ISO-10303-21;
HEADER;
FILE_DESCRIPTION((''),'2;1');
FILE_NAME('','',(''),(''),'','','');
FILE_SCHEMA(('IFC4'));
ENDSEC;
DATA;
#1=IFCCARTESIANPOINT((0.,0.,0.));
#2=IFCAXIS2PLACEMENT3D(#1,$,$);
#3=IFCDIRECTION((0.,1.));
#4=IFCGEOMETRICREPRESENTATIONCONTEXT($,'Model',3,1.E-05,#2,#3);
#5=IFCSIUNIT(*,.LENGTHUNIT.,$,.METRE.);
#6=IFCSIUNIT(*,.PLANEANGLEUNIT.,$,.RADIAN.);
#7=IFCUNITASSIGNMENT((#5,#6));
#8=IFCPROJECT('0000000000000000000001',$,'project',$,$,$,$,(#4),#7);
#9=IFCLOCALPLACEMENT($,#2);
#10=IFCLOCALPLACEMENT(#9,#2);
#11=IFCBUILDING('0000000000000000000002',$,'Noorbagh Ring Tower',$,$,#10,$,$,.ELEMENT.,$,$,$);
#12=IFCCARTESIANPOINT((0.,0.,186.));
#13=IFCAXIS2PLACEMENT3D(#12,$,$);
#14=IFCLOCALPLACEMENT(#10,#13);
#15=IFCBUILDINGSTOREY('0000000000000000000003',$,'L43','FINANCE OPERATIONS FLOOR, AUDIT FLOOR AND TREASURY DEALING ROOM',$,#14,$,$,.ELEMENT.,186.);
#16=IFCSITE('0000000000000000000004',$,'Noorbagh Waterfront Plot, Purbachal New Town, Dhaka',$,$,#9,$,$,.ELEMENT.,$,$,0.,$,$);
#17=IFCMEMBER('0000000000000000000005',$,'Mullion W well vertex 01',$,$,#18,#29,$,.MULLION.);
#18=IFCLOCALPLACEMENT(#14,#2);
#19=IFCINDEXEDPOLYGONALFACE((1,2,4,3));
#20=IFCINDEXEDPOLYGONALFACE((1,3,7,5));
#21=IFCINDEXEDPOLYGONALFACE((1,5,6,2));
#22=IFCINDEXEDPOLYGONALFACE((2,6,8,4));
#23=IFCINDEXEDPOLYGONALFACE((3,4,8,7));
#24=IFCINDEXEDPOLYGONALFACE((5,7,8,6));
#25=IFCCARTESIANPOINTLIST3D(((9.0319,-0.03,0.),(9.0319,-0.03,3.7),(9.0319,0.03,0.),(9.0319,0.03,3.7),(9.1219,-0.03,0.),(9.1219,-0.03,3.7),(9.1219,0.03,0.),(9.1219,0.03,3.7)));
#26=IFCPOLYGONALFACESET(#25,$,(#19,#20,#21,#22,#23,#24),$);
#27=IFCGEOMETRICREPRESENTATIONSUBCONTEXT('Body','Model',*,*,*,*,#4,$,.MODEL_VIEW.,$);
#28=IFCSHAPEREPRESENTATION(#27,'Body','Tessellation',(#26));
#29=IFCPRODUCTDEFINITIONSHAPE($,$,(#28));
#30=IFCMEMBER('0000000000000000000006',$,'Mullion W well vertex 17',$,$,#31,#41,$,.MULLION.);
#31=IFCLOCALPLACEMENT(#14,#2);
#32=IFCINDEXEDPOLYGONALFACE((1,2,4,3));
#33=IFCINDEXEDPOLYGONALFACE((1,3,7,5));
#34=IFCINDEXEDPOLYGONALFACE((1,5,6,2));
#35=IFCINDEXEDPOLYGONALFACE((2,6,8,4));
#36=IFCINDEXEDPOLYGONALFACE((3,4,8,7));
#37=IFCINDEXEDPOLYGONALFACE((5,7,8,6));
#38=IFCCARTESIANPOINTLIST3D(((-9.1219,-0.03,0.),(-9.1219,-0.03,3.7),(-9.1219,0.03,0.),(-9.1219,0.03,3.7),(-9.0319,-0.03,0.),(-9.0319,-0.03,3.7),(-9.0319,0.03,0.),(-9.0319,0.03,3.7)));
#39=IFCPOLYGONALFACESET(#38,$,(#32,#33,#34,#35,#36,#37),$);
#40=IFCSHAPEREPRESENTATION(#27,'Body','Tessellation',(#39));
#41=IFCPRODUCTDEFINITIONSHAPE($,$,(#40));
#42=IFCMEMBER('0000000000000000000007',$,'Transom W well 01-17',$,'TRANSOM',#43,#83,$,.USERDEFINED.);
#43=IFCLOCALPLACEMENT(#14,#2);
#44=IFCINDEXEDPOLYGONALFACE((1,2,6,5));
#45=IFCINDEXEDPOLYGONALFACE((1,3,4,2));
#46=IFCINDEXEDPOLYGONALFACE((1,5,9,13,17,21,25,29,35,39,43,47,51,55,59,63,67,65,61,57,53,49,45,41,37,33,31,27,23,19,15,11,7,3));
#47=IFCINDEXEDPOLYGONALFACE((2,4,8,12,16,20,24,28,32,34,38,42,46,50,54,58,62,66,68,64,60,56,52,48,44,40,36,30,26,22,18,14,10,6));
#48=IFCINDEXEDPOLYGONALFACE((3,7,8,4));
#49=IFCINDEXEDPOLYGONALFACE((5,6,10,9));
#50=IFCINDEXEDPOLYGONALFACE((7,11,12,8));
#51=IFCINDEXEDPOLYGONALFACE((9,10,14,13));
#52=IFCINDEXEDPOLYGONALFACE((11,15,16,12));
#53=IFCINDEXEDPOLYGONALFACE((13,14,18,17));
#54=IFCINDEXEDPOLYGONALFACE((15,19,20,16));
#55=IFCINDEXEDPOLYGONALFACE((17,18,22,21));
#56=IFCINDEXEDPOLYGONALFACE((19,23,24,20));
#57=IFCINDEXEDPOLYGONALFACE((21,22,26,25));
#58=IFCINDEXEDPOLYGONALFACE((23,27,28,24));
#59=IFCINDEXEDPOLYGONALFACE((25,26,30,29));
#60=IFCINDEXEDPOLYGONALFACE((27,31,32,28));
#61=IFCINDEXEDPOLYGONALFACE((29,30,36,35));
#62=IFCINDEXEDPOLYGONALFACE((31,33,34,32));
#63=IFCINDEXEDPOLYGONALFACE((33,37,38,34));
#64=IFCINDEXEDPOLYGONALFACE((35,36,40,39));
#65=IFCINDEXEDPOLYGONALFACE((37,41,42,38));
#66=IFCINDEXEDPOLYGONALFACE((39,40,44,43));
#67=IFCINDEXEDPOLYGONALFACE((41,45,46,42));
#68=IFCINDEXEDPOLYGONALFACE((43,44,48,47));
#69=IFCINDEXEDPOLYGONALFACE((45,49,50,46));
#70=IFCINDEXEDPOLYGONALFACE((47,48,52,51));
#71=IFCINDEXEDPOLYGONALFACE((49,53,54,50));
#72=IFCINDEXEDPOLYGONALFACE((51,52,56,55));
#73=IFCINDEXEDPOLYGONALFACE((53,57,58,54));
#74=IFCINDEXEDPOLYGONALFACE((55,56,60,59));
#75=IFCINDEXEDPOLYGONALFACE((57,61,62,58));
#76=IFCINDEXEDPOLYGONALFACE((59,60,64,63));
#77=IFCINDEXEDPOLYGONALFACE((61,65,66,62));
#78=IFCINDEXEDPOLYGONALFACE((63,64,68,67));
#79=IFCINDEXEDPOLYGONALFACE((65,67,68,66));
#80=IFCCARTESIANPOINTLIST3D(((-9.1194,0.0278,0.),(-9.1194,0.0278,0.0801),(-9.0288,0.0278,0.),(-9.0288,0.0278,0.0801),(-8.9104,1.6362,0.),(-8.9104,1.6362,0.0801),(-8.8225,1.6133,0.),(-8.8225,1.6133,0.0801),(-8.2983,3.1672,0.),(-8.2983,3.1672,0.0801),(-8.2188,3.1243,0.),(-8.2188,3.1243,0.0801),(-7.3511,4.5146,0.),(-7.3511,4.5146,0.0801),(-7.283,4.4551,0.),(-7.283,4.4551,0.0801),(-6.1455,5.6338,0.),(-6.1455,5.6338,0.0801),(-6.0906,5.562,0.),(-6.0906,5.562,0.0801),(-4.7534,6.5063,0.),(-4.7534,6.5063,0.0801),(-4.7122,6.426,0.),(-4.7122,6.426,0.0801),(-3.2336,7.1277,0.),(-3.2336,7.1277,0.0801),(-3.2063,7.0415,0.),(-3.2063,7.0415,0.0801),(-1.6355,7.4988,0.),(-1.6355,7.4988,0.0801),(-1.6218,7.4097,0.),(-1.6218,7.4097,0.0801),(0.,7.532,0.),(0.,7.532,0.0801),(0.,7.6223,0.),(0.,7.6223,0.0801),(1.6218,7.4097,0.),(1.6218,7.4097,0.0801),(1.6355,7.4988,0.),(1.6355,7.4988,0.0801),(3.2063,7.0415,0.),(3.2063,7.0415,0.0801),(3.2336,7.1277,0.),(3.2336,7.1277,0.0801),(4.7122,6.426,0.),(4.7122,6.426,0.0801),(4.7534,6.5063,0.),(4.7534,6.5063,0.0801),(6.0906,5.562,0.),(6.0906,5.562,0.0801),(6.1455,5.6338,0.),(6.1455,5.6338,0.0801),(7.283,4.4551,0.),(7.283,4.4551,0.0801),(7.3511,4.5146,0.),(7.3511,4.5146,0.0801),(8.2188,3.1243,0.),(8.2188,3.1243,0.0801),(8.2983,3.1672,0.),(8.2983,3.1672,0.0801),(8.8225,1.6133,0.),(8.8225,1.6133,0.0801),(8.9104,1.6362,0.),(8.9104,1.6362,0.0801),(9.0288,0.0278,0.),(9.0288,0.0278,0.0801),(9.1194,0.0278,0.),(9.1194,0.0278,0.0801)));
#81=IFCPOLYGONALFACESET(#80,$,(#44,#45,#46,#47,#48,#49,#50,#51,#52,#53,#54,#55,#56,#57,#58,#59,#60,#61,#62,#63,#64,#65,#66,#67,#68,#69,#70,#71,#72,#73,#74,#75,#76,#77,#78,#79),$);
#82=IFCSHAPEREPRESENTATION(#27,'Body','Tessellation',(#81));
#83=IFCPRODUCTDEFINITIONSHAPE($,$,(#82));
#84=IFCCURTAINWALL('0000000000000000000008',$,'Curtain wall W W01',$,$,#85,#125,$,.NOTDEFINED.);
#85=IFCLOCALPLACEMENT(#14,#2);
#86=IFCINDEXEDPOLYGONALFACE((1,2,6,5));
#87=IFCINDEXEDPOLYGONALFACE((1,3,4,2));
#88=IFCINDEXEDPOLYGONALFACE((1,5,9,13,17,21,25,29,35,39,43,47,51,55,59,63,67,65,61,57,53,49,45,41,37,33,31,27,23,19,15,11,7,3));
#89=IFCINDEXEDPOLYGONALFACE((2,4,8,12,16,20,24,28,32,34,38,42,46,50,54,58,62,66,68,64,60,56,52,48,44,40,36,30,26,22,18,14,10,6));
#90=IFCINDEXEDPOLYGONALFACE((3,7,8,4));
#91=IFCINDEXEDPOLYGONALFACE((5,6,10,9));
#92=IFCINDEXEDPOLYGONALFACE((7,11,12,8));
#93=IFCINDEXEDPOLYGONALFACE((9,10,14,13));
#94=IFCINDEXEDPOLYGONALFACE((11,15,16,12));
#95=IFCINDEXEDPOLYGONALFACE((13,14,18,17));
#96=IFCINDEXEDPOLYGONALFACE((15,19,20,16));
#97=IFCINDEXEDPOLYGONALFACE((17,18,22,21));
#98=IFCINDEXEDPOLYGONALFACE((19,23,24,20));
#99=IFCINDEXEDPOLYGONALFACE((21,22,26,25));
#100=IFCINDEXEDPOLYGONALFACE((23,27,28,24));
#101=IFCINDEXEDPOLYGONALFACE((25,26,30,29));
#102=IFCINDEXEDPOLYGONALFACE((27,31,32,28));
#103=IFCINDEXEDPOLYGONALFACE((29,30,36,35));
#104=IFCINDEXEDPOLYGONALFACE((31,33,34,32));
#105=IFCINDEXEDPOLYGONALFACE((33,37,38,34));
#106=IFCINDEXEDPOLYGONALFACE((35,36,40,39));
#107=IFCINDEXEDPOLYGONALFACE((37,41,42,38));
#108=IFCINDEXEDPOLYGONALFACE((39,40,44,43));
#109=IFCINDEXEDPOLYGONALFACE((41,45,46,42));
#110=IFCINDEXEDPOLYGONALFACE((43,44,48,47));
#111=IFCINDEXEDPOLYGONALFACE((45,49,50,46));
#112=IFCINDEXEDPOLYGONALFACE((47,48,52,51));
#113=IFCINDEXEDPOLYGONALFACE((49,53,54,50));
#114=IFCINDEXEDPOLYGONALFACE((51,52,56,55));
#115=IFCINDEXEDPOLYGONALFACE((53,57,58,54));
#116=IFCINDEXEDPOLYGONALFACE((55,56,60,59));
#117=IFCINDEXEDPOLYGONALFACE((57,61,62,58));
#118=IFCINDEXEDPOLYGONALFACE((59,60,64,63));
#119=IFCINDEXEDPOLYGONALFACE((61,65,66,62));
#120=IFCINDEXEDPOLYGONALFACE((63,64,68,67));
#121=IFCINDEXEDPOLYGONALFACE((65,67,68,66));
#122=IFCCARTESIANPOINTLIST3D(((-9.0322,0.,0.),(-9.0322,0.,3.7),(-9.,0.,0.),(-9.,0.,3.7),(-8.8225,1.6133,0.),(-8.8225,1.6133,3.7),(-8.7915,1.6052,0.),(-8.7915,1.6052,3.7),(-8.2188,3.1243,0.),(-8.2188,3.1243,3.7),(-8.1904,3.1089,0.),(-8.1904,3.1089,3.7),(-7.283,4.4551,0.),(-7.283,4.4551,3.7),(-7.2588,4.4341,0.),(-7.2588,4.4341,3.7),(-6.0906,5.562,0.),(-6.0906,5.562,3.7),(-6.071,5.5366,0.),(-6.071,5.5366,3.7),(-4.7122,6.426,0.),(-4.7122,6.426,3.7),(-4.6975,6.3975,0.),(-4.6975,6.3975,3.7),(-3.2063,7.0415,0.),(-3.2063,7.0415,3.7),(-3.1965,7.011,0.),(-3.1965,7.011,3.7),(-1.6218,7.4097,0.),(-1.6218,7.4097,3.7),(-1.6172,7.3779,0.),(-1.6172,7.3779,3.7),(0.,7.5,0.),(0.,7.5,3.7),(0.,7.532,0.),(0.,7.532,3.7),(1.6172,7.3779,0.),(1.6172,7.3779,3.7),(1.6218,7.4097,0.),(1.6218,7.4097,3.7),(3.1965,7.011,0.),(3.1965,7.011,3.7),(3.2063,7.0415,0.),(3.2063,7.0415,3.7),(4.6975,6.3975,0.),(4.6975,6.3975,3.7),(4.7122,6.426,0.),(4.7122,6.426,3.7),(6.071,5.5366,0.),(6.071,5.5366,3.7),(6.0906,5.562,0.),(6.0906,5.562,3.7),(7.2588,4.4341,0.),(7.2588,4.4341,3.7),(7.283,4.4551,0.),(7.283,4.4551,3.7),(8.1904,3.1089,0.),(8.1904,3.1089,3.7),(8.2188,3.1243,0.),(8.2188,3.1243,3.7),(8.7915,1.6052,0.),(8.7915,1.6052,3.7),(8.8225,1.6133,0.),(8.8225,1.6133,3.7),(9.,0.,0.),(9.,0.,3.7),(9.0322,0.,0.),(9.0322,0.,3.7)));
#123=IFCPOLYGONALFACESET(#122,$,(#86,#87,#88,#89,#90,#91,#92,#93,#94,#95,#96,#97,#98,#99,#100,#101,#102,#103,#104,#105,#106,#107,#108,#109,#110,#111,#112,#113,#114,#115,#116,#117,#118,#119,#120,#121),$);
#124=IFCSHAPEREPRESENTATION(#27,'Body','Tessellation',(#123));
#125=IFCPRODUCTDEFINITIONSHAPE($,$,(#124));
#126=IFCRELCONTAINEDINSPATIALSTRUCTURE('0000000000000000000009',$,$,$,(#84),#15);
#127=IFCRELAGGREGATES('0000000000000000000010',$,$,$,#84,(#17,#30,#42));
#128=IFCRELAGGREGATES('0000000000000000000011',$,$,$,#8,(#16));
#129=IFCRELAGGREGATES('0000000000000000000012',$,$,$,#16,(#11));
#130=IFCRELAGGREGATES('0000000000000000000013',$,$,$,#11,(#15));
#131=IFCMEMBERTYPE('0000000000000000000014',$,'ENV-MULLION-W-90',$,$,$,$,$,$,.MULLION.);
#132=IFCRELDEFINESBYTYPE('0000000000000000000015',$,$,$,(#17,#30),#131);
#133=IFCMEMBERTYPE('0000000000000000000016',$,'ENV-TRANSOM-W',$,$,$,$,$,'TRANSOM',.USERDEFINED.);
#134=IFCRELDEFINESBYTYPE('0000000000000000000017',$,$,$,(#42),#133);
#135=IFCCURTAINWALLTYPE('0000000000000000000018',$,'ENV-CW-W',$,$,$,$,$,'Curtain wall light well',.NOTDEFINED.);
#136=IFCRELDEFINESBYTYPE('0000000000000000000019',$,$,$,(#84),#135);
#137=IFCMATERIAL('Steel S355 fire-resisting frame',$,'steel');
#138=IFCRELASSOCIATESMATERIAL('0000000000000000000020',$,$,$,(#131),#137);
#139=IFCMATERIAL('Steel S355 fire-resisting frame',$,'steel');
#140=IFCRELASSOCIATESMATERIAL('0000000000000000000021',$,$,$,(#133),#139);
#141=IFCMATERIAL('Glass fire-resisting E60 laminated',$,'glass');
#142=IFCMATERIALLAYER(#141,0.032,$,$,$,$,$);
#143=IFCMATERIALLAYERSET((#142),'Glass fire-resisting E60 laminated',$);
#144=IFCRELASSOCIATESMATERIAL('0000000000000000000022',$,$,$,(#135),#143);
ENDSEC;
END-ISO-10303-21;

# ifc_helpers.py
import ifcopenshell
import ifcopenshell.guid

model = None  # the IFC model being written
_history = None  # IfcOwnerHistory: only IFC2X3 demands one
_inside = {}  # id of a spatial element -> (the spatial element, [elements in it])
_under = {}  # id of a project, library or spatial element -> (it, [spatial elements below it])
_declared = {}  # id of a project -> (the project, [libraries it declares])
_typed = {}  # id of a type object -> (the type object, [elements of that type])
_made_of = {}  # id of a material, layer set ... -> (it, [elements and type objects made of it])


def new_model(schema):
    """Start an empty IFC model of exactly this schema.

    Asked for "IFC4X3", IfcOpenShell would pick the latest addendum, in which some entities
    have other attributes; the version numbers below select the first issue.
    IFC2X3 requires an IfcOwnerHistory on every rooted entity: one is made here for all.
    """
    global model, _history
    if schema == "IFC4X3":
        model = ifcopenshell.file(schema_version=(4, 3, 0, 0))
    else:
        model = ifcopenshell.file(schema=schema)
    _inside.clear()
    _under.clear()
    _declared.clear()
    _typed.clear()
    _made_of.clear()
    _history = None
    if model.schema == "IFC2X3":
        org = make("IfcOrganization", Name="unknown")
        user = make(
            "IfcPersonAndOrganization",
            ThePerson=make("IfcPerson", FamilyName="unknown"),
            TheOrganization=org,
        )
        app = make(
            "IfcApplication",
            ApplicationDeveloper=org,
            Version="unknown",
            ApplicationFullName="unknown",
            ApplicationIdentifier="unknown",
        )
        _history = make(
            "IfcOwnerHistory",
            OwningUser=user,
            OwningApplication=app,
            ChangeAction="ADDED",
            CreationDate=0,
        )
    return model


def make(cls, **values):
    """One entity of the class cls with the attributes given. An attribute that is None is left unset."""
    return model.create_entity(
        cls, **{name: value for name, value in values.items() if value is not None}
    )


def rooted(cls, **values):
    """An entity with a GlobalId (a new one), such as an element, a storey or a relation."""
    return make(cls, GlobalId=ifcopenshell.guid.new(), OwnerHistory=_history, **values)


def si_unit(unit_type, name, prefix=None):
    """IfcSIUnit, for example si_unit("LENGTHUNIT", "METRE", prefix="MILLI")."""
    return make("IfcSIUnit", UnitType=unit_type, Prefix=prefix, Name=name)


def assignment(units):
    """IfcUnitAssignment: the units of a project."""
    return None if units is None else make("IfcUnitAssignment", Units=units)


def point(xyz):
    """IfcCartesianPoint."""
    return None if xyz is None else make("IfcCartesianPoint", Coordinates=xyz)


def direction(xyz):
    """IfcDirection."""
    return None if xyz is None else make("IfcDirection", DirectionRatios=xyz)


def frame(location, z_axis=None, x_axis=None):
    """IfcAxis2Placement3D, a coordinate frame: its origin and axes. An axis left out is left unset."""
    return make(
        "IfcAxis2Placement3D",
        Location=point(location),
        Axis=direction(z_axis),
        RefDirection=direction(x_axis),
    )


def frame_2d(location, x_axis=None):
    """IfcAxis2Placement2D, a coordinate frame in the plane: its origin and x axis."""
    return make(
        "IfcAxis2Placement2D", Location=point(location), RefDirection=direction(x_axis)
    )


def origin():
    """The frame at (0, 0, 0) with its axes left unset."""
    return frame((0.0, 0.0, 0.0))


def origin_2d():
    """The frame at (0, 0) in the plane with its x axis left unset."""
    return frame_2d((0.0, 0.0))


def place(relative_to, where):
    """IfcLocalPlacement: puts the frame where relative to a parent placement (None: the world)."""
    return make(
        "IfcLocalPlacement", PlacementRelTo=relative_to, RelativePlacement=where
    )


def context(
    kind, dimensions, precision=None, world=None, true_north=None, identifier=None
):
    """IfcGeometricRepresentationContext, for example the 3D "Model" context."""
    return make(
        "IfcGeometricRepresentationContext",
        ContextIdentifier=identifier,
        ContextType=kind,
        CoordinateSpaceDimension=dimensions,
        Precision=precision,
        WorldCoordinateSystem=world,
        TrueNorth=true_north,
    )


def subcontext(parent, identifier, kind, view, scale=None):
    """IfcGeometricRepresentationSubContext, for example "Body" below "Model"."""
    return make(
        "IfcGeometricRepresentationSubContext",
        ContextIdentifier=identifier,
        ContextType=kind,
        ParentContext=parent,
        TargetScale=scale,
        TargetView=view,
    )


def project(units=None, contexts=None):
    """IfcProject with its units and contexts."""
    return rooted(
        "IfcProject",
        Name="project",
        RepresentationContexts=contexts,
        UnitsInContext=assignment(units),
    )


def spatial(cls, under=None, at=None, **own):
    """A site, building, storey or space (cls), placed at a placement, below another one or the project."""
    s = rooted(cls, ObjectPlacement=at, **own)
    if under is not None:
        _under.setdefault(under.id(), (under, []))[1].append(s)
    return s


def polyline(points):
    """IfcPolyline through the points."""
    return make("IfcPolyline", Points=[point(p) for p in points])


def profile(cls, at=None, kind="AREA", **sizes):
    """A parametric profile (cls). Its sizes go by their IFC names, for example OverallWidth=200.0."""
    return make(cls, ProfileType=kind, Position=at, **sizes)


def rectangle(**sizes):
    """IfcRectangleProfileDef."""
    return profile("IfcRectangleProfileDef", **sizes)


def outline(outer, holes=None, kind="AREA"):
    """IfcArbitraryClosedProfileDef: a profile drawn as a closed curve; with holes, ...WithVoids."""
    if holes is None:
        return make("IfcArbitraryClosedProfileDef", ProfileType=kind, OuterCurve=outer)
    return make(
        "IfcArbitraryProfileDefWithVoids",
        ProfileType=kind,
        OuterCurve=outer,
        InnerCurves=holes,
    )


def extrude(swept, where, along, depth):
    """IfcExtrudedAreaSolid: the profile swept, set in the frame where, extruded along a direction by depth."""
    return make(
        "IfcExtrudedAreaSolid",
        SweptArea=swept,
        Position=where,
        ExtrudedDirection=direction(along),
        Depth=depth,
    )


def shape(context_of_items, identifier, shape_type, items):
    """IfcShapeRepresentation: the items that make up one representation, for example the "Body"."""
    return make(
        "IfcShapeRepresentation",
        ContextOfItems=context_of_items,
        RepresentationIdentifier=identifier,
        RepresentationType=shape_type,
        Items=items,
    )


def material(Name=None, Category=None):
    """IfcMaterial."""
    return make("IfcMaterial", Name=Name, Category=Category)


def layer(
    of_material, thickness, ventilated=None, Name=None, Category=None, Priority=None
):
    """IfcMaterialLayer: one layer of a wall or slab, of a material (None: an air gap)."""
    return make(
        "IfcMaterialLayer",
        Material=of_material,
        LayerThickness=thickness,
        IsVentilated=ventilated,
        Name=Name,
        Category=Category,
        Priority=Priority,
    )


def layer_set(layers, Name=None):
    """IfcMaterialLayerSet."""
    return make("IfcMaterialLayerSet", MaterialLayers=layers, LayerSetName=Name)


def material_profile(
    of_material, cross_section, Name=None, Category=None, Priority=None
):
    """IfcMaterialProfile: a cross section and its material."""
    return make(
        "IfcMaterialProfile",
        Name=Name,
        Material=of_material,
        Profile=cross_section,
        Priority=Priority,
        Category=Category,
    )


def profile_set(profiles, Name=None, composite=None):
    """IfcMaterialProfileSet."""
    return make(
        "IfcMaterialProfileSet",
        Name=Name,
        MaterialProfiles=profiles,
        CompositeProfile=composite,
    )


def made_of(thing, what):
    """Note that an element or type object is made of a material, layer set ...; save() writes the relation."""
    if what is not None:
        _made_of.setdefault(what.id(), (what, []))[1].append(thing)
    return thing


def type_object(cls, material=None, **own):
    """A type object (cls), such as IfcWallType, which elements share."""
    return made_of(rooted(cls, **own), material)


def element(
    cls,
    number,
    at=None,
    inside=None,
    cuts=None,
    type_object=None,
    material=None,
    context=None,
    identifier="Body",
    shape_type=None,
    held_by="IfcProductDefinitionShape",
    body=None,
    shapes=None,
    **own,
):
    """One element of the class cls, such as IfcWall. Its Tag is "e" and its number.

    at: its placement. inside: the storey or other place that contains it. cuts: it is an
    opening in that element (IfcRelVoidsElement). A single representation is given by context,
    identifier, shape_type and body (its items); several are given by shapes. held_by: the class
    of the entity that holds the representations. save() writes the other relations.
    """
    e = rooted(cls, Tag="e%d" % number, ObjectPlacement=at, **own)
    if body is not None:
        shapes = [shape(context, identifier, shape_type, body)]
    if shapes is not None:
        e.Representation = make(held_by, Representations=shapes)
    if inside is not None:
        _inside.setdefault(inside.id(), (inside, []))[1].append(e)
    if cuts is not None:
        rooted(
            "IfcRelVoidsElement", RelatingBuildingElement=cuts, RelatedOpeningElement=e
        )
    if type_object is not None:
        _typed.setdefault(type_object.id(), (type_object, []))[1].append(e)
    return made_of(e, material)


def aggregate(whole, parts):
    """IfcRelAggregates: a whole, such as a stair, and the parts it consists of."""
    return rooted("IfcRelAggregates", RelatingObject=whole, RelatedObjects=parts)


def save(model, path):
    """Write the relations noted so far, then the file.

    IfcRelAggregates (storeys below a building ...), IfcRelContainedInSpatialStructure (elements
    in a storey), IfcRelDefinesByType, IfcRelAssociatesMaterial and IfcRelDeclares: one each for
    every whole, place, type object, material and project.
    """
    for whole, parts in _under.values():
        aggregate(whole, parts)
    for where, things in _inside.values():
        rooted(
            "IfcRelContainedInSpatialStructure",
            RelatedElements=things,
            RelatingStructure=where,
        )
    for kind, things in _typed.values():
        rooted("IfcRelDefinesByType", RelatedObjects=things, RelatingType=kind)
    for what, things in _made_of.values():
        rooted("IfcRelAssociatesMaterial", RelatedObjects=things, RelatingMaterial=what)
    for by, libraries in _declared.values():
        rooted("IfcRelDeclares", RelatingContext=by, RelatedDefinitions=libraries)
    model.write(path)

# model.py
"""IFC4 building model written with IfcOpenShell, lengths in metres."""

from ifc_helpers import new_model, si_unit, direction, frame, origin, origin_2d, place, context, subcontext, project, spatial, polyline, rectangle, outline, extrude, material, layer, layer_set, material_profile, profile_set, type_object, element, aggregate, save


model = new_model("IFC4")

# Units and contexts
model_context = context("Model", 3, precision=1e-05, world=origin(), true_north=direction((0.0, 1.0)))
body_context = subcontext(model_context, "Body", "Model", "MODEL_VIEW")
ifc_project = project(units=[si_unit("LENGTHUNIT", "METRE"), si_unit("PLANEANGLEUNIT", "RADIAN")], contexts=[model_context])

# Members
site_placement = place(None, origin())
building_placement = place(site_placement, origin())
storey_placement = place(building_placement, frame((0.0, 0.0, 186.0)))
ifc_material_1 = material(Name="Steel S355 fire-resisting frame", Category="steel")
ifc_material_profile_1 = material_profile(ifc_material_1, rectangle(XDim=0.0901, YDim=0.0601, at=origin_2d()), Name="90x60")
ifc_profile_set_1 = profile_set([ifc_material_profile_1], Name="Steel S355 fire-resisting frame")
member_type_1 = type_object("IfcMemberType", Name="ENV-MULLION-W-90", PredefinedType="MULLION", material=ifc_profile_set_1)
member_1_placement = place(storey_placement, frame((9.0769, 0.0, 0.0), z_axis=(0.0, 0.0, 1.0), x_axis=(1.0, 0.0, 0.0)))
member_1 = element("IfcMember", 1, at=member_1_placement, type_object=member_type_1, Name="Mullion W well vertex 01", PredefinedType="MULLION", context=body_context, shape_type="SweptSolid", body=[
    extrude(rectangle(XDim=0.0901, YDim=0.0601, at=origin_2d()), origin(), (0.0, 0.0, 1.0), 3.7),
])
member_2_placement = place(storey_placement, frame((-9.0769, 0.0, 0.0), z_axis=(0.0, 0.0, 1.0), x_axis=(-1.0, 0.0, 0.0)))
member_2 = element("IfcMember", 2, at=member_2_placement, type_object=member_type_1, Name="Mullion W well vertex 17", PredefinedType="MULLION", context=body_context, shape_type="SweptSolid", body=[
    extrude(rectangle(XDim=0.0901, YDim=0.0601, at=origin_2d()), origin(), (0.0, 0.0, 1.0), 3.7),
])
ifc_material_2 = material(Name="Steel S355 fire-resisting frame", Category="steel")
member_type_2 = type_object("IfcMemberType", Name="ENV-TRANSOM-W", ElementType="TRANSOM", PredefinedType="USERDEFINED", material=ifc_material_2)
member_3_placement = place(storey_placement, origin())
member_3 = element("IfcMember", 3, at=member_3_placement, type_object=member_type_2, Name="Transom W well 01-17", ObjectType="TRANSOM", PredefinedType="USERDEFINED", context=body_context, shape_type="SweptSolid", body=[
    extrude(outline(polyline([(9.1194, 0.0278), (8.9104, 1.6362), (8.2983, 3.1672), (7.3511, 4.5146), (6.1455, 5.6338), (4.7534, 6.5063), (3.2336, 7.1277), (1.6355, 7.4988), (0.0, 7.6223), (-1.6355, 7.4988), (-3.2336, 7.1277), (-4.7534, 6.5063), (-6.1455, 5.6338), (-7.3511, 4.5146), (-8.2983, 3.1672), (-8.9104, 1.6362), (-9.1194, 0.0278), (-9.0288, 0.0278), (-8.8225, 1.6133), (-8.2188, 3.1243), (-7.283, 4.4551), (-6.0906, 5.562), (-4.7122, 6.426), (-3.2063, 7.0415), (-1.6218, 7.4097), (0.0, 7.532), (1.6218, 7.4097), (3.2063, 7.0415), (4.7122, 6.426), (6.0906, 5.562), (7.283, 4.4551), (8.2188, 3.1243), (8.8225, 1.6133), (9.0288, 0.0278), (9.1194, 0.0278)])), origin(), (0.0, 0.0, 1.0), 0.0801),
])

# Site, building, storey
site = spatial("IfcSite", under=ifc_project, at=site_placement, Name="Noorbagh Waterfront Plot, Purbachal New Town, Dhaka", CompositionType="ELEMENT", RefElevation=0.0)
building = spatial("IfcBuilding", under=site, at=building_placement, Name="Noorbagh Ring Tower", CompositionType="ELEMENT")
storey = spatial("IfcBuildingStorey", under=building, at=storey_placement, Name="L43", Description="FINANCE OPERATIONS FLOOR, AUDIT FLOOR AND TREASURY DEALING ROOM", CompositionType="ELEMENT", Elevation=186.0)

# Curtain wall
ifc_material_3 = material(Name="Glass fire-resisting E60 laminated", Category="glass")
ifc_layer_1 = layer(ifc_material_3, 0.032)
ifc_layer_set_1 = layer_set([ifc_layer_1], Name="Glass fire-resisting E60 laminated")
curtain_wall_type_1 = type_object("IfcCurtainWallType", Name="ENV-CW-W", ElementType="Curtain wall light well", PredefinedType="NOTDEFINED", material=ifc_layer_set_1)
curtain_wall_1_placement = place(storey_placement, origin())
curtain_wall_1 = element("IfcCurtainWall", 4, at=curtain_wall_1_placement, inside=storey, type_object=curtain_wall_type_1, Name="Curtain wall W W01", PredefinedType="NOTDEFINED", context=body_context, shape_type="SweptSolid", body=[
    extrude(outline(polyline([(9.0322, 0.0), (8.8225, 1.6133), (8.2188, 3.1243), (7.283, 4.4551), (6.0906, 5.562), (4.7122, 6.426), (3.2063, 7.0415), (1.6218, 7.4097), (0.0, 7.532), (-1.6218, 7.4097), (-3.2063, 7.0415), (-4.7122, 6.426), (-6.0906, 5.562), (-7.283, 4.4551), (-8.2188, 3.1243), (-8.8225, 1.6133), (-9.0322, 0.0), (-9.0, 0.0), (-8.7915, 1.6052), (-8.1904, 3.1089), (-7.2588, 4.4341), (-6.071, 5.5366), (-4.6975, 6.3975), (-3.1965, 7.011), (-1.6172, 7.3779), (0.0, 7.5), (1.6172, 7.3779), (3.1965, 7.011), (4.6975, 6.3975), (6.071, 5.5366), (7.2588, 4.4341), (8.1904, 3.1089), (8.7915, 1.6052), (9.0, 0.0), (9.0322, 0.0)])), origin(), (0.0, 0.0, 1.0), 3.7),
])
aggregate(curtain_wall_1, [member_1, member_2, member_3])

save(model, "model.ifc")
